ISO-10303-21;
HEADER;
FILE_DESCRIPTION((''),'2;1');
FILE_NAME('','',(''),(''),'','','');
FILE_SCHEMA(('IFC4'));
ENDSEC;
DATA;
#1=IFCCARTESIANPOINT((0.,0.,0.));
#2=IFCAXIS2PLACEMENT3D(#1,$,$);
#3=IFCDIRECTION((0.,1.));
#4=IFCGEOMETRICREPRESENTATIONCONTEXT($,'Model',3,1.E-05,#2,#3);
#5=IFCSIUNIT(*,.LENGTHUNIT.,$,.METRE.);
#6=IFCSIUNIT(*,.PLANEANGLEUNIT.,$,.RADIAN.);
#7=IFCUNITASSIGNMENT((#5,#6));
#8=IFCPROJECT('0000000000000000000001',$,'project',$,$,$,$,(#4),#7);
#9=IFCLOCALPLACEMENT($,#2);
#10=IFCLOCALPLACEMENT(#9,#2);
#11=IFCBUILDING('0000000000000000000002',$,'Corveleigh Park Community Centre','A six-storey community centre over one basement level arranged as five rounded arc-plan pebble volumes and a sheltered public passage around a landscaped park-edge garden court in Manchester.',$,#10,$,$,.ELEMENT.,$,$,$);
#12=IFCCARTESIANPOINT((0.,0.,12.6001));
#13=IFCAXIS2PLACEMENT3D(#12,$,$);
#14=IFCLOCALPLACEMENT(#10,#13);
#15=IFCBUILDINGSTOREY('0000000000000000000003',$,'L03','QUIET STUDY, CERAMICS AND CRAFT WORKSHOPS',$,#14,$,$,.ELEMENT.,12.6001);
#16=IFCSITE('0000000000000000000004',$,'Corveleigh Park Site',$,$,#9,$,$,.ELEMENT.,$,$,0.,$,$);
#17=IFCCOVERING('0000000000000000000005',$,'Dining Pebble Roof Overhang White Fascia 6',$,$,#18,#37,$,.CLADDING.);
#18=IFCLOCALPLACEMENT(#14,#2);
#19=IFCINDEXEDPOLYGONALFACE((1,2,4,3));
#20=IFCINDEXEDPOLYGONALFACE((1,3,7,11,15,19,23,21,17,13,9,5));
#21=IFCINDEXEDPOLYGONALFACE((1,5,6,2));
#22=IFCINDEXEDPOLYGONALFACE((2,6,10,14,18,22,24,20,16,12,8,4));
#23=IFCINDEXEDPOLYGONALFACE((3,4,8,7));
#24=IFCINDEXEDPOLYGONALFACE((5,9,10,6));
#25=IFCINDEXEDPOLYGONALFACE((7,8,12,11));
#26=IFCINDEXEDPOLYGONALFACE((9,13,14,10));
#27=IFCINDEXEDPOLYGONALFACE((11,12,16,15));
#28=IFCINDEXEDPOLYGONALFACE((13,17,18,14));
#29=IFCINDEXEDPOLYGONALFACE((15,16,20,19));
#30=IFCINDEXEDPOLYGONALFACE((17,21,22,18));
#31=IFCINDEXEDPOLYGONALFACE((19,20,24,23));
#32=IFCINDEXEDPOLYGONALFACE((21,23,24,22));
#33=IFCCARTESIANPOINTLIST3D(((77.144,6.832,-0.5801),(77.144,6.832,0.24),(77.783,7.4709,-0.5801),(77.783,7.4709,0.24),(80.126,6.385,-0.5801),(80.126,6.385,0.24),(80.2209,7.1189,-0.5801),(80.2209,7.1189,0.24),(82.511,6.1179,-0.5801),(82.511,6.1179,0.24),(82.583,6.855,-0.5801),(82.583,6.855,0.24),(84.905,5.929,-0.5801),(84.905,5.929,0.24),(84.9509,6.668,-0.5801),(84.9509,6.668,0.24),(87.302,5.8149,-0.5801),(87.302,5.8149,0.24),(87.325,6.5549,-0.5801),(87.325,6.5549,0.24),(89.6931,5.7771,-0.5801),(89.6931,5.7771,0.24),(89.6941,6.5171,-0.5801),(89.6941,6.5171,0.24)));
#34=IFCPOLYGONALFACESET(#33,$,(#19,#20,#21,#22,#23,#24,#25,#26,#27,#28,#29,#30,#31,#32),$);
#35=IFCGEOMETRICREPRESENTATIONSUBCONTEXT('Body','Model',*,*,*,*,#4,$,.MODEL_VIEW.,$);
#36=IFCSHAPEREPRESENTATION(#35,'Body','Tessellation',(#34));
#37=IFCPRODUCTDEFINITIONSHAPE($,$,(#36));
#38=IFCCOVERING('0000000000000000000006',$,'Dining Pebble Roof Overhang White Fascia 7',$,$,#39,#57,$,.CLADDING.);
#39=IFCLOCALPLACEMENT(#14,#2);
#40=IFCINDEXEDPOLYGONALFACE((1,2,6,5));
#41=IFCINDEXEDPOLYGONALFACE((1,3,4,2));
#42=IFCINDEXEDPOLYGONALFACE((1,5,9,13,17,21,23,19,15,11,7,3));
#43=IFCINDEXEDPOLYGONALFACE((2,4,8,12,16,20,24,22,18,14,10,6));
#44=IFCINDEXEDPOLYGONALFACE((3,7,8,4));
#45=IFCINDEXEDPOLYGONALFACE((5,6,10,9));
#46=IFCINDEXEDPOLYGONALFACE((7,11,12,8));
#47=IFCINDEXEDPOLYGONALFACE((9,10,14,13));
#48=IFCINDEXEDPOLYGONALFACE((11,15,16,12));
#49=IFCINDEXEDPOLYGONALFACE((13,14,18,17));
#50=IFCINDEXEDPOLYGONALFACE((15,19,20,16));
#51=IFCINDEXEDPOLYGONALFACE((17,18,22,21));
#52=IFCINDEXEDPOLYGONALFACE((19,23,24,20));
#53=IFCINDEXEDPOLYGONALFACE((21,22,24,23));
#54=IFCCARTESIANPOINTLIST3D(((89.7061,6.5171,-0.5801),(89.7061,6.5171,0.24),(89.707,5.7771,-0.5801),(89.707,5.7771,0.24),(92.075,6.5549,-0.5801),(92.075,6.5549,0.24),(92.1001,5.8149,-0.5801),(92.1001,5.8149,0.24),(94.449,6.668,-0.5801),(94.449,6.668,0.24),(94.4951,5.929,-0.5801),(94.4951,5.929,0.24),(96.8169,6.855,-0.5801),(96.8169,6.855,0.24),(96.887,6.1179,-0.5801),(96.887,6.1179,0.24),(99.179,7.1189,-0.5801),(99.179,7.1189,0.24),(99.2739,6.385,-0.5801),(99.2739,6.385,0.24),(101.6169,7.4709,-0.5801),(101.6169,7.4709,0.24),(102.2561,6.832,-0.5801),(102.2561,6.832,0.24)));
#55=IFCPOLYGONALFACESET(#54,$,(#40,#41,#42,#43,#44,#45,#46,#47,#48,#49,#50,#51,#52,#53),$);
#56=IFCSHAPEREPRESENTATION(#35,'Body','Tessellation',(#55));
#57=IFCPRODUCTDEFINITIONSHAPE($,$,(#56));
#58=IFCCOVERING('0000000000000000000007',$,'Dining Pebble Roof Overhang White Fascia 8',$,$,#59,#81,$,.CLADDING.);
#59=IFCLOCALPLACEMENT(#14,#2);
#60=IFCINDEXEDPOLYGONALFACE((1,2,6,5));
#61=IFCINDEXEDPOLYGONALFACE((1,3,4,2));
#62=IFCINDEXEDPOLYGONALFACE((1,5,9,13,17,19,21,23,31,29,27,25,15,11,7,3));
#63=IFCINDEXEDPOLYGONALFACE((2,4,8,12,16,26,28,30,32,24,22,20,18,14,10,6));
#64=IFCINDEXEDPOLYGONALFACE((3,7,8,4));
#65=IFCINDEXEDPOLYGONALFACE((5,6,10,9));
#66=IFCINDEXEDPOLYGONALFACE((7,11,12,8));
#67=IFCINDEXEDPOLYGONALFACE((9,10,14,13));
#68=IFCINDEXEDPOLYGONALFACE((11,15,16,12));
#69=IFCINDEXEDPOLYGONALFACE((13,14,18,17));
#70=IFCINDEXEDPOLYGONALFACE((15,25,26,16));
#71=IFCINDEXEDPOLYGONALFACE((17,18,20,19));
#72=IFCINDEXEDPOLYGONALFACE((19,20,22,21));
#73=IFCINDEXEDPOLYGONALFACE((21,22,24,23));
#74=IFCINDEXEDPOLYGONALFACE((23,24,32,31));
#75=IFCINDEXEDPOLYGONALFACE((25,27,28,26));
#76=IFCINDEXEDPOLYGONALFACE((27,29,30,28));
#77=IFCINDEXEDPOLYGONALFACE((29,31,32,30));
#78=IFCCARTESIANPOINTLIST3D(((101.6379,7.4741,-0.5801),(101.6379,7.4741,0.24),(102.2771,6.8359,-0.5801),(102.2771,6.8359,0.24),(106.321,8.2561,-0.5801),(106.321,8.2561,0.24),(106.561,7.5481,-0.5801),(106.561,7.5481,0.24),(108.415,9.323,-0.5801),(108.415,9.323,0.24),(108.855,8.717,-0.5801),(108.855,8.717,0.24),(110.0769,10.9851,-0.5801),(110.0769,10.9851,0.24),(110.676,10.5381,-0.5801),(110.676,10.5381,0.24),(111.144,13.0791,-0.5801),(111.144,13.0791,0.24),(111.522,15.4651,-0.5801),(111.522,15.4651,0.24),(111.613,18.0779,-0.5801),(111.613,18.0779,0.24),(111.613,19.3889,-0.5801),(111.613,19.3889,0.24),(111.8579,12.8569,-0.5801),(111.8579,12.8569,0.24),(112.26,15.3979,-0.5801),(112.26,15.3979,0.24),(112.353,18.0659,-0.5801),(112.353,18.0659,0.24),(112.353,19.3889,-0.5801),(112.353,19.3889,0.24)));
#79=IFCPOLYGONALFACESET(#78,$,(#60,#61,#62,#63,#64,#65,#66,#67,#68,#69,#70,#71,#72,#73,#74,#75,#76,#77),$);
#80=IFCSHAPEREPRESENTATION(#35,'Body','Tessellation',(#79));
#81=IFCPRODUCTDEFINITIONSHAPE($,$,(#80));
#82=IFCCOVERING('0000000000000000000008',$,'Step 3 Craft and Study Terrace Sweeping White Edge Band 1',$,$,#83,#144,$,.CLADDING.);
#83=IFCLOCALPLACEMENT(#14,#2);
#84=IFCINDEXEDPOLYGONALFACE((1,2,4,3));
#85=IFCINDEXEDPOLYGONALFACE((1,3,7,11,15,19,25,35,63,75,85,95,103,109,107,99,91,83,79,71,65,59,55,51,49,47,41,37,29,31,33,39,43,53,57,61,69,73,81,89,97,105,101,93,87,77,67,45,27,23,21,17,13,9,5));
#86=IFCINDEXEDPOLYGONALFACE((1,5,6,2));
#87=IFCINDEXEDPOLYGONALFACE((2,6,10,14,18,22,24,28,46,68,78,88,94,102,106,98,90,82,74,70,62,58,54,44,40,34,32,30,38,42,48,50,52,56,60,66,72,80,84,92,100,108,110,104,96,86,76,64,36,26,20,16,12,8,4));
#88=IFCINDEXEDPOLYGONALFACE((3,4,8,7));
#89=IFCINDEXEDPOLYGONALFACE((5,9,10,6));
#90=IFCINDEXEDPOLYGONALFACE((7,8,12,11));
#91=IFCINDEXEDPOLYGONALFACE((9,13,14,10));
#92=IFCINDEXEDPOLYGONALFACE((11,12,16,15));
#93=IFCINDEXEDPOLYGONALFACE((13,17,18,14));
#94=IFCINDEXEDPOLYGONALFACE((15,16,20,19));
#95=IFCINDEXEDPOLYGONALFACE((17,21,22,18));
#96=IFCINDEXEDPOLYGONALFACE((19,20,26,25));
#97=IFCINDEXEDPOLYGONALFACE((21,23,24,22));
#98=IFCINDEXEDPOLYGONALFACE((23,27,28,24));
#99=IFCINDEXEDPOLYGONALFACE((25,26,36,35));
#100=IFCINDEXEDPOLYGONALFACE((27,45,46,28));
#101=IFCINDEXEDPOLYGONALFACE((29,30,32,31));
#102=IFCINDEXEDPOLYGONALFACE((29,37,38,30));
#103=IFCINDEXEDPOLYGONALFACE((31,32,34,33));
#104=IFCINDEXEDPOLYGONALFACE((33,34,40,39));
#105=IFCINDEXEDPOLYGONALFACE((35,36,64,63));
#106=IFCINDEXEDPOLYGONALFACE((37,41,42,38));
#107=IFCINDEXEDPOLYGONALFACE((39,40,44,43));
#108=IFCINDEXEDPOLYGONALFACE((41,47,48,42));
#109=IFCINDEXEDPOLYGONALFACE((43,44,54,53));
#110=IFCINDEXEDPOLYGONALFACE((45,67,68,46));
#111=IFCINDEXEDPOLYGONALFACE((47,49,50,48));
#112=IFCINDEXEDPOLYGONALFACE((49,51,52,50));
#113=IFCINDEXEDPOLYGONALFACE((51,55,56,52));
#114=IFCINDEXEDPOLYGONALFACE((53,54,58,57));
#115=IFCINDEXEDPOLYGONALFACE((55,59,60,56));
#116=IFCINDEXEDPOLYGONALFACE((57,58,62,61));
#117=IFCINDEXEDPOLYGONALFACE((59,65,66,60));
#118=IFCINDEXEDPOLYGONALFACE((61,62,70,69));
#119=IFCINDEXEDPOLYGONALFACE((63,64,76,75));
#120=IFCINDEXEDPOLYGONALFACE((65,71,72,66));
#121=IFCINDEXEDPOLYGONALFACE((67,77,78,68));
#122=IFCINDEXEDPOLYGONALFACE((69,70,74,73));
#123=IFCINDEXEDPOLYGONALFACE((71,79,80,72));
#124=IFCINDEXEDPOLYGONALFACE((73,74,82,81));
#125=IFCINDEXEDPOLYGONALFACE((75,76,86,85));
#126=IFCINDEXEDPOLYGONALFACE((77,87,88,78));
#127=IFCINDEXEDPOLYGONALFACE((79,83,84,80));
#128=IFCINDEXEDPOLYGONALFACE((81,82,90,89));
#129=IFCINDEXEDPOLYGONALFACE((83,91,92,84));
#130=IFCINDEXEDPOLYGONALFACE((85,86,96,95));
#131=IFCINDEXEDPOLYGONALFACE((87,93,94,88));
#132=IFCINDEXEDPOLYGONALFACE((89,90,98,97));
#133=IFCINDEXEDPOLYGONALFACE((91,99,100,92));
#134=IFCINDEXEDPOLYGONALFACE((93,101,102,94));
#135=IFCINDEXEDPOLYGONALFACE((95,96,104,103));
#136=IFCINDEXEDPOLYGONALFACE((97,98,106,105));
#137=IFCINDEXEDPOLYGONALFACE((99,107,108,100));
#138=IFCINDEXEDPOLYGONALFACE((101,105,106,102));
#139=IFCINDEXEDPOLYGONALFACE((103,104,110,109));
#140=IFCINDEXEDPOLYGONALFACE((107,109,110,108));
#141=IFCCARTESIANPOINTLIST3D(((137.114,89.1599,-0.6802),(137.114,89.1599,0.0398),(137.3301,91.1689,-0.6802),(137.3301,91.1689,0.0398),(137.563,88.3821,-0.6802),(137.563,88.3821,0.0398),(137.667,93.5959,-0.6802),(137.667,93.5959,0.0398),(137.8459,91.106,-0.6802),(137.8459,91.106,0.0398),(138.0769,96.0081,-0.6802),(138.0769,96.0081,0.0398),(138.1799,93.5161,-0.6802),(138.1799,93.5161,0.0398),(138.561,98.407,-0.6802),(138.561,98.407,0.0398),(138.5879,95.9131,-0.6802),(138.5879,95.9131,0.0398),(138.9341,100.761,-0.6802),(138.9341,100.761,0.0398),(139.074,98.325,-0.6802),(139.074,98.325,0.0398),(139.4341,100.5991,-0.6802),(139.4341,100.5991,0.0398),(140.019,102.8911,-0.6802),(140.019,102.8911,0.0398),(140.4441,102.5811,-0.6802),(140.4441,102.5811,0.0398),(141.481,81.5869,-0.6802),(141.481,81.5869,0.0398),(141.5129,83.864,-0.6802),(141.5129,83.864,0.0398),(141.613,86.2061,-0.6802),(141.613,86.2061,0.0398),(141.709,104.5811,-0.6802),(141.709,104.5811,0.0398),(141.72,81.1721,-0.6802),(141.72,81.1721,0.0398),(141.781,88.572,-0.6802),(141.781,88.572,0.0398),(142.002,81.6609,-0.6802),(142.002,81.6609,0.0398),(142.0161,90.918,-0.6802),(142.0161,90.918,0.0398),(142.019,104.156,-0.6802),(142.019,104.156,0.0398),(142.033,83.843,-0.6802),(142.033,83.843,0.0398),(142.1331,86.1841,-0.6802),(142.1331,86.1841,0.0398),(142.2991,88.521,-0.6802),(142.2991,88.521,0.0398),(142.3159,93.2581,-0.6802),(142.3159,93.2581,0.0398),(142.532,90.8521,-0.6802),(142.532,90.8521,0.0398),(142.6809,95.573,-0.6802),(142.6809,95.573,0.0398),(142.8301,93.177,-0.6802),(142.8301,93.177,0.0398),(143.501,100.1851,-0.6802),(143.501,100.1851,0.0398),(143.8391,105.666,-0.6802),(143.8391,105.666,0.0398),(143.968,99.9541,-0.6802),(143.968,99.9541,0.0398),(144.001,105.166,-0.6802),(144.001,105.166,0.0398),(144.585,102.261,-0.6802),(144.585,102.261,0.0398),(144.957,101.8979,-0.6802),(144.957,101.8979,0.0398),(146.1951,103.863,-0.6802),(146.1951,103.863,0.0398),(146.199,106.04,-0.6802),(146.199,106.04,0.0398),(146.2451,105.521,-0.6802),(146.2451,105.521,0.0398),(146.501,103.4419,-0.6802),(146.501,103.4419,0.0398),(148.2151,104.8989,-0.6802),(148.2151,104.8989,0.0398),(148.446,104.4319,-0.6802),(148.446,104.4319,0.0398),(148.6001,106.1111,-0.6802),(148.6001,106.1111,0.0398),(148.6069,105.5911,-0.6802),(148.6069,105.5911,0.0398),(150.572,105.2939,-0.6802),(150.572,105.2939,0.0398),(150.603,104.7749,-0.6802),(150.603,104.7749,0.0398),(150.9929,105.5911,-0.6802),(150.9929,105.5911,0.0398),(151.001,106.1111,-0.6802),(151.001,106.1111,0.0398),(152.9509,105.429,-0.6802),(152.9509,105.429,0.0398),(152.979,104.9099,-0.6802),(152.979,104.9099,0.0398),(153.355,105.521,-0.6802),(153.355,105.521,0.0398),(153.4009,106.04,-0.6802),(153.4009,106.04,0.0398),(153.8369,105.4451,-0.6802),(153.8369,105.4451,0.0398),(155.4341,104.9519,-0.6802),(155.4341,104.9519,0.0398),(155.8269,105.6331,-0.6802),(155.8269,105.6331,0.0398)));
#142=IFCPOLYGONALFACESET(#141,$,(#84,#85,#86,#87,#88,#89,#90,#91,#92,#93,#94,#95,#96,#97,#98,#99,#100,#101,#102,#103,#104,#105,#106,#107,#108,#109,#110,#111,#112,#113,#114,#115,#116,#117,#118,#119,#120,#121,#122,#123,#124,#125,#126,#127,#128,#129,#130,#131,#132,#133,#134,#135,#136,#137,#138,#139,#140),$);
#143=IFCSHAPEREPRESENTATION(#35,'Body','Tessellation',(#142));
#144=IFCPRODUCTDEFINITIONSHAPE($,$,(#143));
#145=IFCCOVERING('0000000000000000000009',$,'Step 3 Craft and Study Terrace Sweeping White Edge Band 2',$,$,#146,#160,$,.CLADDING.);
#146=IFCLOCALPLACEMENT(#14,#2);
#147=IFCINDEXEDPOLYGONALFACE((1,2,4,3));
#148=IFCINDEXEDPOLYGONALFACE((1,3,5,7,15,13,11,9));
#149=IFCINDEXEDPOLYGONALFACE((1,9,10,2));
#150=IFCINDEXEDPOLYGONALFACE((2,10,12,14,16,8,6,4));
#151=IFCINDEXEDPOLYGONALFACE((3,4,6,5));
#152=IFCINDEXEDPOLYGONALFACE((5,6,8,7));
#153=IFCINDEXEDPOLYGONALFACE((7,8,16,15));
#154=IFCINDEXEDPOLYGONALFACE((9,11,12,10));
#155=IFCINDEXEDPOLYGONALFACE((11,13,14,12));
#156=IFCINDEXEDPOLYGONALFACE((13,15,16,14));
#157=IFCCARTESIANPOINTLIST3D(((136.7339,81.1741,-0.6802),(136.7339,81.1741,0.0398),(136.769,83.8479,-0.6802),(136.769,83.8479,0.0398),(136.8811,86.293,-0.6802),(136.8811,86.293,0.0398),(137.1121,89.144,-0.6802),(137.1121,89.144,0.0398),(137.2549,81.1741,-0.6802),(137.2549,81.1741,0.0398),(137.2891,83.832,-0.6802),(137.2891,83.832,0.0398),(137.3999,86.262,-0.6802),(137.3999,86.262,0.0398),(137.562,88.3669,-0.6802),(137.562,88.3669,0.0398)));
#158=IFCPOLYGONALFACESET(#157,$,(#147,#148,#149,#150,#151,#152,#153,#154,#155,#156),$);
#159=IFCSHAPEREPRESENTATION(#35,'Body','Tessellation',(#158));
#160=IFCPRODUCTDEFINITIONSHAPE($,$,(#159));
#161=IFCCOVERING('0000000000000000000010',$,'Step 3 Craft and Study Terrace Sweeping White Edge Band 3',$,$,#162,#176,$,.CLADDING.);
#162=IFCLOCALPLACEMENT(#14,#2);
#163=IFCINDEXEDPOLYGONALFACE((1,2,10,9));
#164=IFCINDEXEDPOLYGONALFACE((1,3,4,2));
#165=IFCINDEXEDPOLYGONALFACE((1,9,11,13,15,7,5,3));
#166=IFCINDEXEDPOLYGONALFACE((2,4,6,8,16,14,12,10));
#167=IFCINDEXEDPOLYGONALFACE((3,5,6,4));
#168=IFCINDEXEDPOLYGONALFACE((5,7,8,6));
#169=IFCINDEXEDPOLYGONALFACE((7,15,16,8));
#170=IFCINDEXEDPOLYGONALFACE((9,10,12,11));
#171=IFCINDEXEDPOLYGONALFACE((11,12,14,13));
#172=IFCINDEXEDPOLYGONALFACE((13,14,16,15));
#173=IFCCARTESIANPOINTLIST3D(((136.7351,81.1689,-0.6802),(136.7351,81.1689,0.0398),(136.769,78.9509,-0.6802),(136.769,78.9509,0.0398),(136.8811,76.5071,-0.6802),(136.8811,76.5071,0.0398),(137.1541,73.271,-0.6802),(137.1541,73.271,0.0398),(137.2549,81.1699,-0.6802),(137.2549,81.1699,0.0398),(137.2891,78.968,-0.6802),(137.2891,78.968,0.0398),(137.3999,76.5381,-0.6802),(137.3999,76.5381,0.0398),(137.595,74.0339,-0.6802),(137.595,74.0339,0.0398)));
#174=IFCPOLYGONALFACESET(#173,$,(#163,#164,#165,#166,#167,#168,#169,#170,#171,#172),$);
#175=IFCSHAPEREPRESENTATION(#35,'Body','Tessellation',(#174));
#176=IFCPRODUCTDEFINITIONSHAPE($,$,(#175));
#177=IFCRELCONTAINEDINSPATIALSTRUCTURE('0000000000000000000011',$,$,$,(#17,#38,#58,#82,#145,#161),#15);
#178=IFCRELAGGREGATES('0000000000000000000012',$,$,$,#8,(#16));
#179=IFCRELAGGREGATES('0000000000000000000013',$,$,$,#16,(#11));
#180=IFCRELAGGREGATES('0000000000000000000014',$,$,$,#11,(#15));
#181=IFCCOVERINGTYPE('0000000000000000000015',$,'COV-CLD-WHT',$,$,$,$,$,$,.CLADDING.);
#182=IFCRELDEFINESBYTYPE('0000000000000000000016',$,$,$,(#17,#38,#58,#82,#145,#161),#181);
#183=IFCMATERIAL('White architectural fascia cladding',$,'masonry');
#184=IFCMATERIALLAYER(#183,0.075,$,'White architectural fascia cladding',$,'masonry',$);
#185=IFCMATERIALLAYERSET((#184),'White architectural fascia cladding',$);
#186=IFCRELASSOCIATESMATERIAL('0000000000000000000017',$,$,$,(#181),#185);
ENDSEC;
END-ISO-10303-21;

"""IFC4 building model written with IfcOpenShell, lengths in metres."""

from ifc_helpers import new_model, si_unit, direction, frame, origin, place, context, subcontext, project, spatial, polyline, outline, extrude, material, layer, layer_set, type_object, element, save


model = new_model("IFC4")

# Units and contexts
model_context = context("Model", 3, precision=1e-05, world=origin(), true_north=direction((0.0, 1.0)))
body_context = subcontext(model_context, "Body", "Model", "MODEL_VIEW")
ifc_project = project(units=[si_unit("LENGTHUNIT", "METRE"), si_unit("PLANEANGLEUNIT", "RADIAN")], contexts=[model_context])

# Site, building, storey
site_placement = place(None, origin())
site = spatial("IfcSite", under=ifc_project, at=site_placement, Name="Corveleigh Park Site", CompositionType="ELEMENT", RefElevation=0.0)
building_placement = place(site_placement, origin())
building = spatial("IfcBuilding", under=site, at=building_placement, Name="Corveleigh Park Community Centre", Description="A six-storey community centre over one basement level arranged as five rounded arc-plan pebble volumes and a sheltered public passage around a landscaped park-edge garden court in Manchester.", CompositionType="ELEMENT")
storey_placement = place(building_placement, frame((0.0, 0.0, 12.6001)))
storey = spatial("IfcBuildingStorey", under=building, at=storey_placement, Name="L03", Description="QUIET STUDY, CERAMICS AND CRAFT WORKSHOPS", CompositionType="ELEMENT", Elevation=12.6001)

# Coverings
ifc_material_1 = material(Name="White architectural fascia cladding", Category="masonry")
ifc_layer_1 = layer(ifc_material_1, 0.075, Name="White architectural fascia cladding", Category="masonry")
ifc_layer_set_1 = layer_set([ifc_layer_1], Name="White architectural fascia cladding")
covering_type_1 = type_object("IfcCoveringType", Name="COV-CLD-WHT", PredefinedType="CLADDING", material=ifc_layer_set_1)
covering_1_placement = place(storey_placement, frame((0.0, 0.0, -0.5801)))
element("IfcCovering", 1, at=covering_1_placement, inside=storey, type_object=covering_type_1, Name="Dining Pebble Roof Overhang White Fascia 6", PredefinedType="CLADDING", context=body_context, shape_type="SweptSolid", body=[
    extrude(outline(polyline([(87.302, 5.8149), (84.905, 5.929), (82.511, 6.1179), (80.126, 6.385), (77.144, 6.832), (77.783, 7.4709), (80.2209, 7.1189), (82.583, 6.855), (84.9509, 6.668), (87.325, 6.5549), (89.6941, 6.5171), (89.6931, 5.7771), (87.302, 5.8149)])), origin(), (0.0, 0.0, 1.0), 0.8201),
])
covering_2_placement = place(storey_placement, frame((0.0, 0.0, -0.5801)))
element("IfcCovering", 2, at=covering_2_placement, inside=storey, type_object=covering_type_1, Name="Dining Pebble Roof Overhang White Fascia 7", PredefinedType="CLADDING", context=body_context, shape_type="SweptSolid", body=[
    extrude(outline(polyline([(102.2561, 6.832), (99.2739, 6.385), (96.887, 6.1179), (94.4951, 5.929), (92.1001, 5.8149), (89.707, 5.7771), (89.7061, 6.5171), (92.075, 6.5549), (94.449, 6.668), (96.8169, 6.855), (99.179, 7.1189), (101.6169, 7.4709), (102.2561, 6.832)])), origin(), (0.0, 0.0, 1.0), 0.8201),
])
covering_3_placement = place(storey_placement, frame((0.0, 0.0, -0.5801)))
element("IfcCovering", 3, at=covering_3_placement, inside=storey, type_object=covering_type_1, Name="Dining Pebble Roof Overhang White Fascia 8", PredefinedType="CLADDING", context=body_context, shape_type="SweptSolid", body=[
    extrude(outline(polyline([(112.353, 18.0659), (112.26, 15.3979), (111.8579, 12.8569), (110.676, 10.5381), (108.855, 8.717), (106.561, 7.5481), (102.2771, 6.8359), (101.6379, 7.4741), (106.321, 8.2561), (108.415, 9.323), (110.0769, 10.9851), (111.144, 13.0791), (111.522, 15.4651), (111.613, 18.0779), (111.613, 19.3889), (112.353, 19.3889), (112.353, 18.0659)])), origin(), (0.0, 0.0, 1.0), 0.8201),
])
covering_4_placement = place(storey_placement, frame((0.0, 0.0, -0.6802)))
element("IfcCovering", 4, at=covering_4_placement, inside=storey, type_object=covering_type_1, Name="Step 3 Craft and Study Terrace Sweeping White Edge Band 1", PredefinedType="CLADDING", context=body_context, shape_type="SweptSolid", body=[
    extrude(outline(polyline([(137.3301, 91.1689), (137.667, 93.5959), (138.0769, 96.0081), (138.561, 98.407), (138.9341, 100.761), (140.019, 102.8911), (141.709, 104.5811), (143.8391, 105.666), (146.199, 106.04), (148.6001, 106.1111), (151.001, 106.1111), (153.4009, 106.04), (155.8269, 105.6331), (155.4341, 104.9519), (152.979, 104.9099), (150.603, 104.7749), (148.446, 104.4319), (146.501, 103.4419), (144.957, 101.8979), (143.968, 99.9541), (142.8301, 93.177), (142.532, 90.8521), (142.2991, 88.521), (142.1331, 86.1841), (142.033, 83.843), (142.002, 81.6609), (141.72, 81.1721), (141.481, 81.5869), (141.5129, 83.864), (141.613, 86.2061), (141.781, 88.572), (142.0161, 90.918), (142.3159, 93.2581), (142.6809, 95.573), (143.501, 100.1851), (144.585, 102.261), (146.1951, 103.863), (148.2151, 104.8989), (150.572, 105.2939), (152.9509, 105.429), (153.8369, 105.4451), (153.355, 105.521), (150.9929, 105.5911), (148.6069, 105.5911), (146.2451, 105.521), (144.001, 105.166), (142.019, 104.156), (140.4441, 102.5811), (139.4341, 100.5991), (139.074, 98.325), (138.5879, 95.9131), (138.1799, 93.5161), (137.8459, 91.106), (137.563, 88.3821), (137.114, 89.1599), (137.3301, 91.1689)])), origin(), (0.0, 0.0, 1.0), 0.72),
])
covering_5_placement = place(storey_placement, frame((0.0, 0.0, -0.6802)))
element("IfcCovering", 5, at=covering_5_placement, inside=storey, type_object=covering_type_1, Name="Step 3 Craft and Study Terrace Sweeping White Edge Band 2", PredefinedType="CLADDING", context=body_context, shape_type="SweptSolid", body=[
    extrude(outline(polyline([(136.7339, 81.1741), (136.769, 83.8479), (136.8811, 86.293), (137.1121, 89.144), (137.562, 88.3669), (137.3999, 86.262), (137.2891, 83.832), (137.2549, 81.1741), (136.7339, 81.1741)])), origin(), (0.0, 0.0, 1.0), 0.72),
])
covering_6_placement = place(storey_placement, frame((0.0, 0.0, -0.6802)))
element("IfcCovering", 6, at=covering_6_placement, inside=storey, type_object=covering_type_1, Name="Step 3 Craft and Study Terrace Sweeping White Edge Band 3", PredefinedType="CLADDING", context=body_context, shape_type="SweptSolid", body=[
    extrude(outline(polyline([(137.1541, 73.271), (136.8811, 76.5071), (136.769, 78.9509), (136.7351, 81.1689), (137.2549, 81.1699), (137.2891, 78.968), (137.3999, 76.5381), (137.595, 74.0339), (137.1541, 73.271)])), origin(), (0.0, 0.0, 1.0), 0.72),
])

save(model, "model.ifc")
